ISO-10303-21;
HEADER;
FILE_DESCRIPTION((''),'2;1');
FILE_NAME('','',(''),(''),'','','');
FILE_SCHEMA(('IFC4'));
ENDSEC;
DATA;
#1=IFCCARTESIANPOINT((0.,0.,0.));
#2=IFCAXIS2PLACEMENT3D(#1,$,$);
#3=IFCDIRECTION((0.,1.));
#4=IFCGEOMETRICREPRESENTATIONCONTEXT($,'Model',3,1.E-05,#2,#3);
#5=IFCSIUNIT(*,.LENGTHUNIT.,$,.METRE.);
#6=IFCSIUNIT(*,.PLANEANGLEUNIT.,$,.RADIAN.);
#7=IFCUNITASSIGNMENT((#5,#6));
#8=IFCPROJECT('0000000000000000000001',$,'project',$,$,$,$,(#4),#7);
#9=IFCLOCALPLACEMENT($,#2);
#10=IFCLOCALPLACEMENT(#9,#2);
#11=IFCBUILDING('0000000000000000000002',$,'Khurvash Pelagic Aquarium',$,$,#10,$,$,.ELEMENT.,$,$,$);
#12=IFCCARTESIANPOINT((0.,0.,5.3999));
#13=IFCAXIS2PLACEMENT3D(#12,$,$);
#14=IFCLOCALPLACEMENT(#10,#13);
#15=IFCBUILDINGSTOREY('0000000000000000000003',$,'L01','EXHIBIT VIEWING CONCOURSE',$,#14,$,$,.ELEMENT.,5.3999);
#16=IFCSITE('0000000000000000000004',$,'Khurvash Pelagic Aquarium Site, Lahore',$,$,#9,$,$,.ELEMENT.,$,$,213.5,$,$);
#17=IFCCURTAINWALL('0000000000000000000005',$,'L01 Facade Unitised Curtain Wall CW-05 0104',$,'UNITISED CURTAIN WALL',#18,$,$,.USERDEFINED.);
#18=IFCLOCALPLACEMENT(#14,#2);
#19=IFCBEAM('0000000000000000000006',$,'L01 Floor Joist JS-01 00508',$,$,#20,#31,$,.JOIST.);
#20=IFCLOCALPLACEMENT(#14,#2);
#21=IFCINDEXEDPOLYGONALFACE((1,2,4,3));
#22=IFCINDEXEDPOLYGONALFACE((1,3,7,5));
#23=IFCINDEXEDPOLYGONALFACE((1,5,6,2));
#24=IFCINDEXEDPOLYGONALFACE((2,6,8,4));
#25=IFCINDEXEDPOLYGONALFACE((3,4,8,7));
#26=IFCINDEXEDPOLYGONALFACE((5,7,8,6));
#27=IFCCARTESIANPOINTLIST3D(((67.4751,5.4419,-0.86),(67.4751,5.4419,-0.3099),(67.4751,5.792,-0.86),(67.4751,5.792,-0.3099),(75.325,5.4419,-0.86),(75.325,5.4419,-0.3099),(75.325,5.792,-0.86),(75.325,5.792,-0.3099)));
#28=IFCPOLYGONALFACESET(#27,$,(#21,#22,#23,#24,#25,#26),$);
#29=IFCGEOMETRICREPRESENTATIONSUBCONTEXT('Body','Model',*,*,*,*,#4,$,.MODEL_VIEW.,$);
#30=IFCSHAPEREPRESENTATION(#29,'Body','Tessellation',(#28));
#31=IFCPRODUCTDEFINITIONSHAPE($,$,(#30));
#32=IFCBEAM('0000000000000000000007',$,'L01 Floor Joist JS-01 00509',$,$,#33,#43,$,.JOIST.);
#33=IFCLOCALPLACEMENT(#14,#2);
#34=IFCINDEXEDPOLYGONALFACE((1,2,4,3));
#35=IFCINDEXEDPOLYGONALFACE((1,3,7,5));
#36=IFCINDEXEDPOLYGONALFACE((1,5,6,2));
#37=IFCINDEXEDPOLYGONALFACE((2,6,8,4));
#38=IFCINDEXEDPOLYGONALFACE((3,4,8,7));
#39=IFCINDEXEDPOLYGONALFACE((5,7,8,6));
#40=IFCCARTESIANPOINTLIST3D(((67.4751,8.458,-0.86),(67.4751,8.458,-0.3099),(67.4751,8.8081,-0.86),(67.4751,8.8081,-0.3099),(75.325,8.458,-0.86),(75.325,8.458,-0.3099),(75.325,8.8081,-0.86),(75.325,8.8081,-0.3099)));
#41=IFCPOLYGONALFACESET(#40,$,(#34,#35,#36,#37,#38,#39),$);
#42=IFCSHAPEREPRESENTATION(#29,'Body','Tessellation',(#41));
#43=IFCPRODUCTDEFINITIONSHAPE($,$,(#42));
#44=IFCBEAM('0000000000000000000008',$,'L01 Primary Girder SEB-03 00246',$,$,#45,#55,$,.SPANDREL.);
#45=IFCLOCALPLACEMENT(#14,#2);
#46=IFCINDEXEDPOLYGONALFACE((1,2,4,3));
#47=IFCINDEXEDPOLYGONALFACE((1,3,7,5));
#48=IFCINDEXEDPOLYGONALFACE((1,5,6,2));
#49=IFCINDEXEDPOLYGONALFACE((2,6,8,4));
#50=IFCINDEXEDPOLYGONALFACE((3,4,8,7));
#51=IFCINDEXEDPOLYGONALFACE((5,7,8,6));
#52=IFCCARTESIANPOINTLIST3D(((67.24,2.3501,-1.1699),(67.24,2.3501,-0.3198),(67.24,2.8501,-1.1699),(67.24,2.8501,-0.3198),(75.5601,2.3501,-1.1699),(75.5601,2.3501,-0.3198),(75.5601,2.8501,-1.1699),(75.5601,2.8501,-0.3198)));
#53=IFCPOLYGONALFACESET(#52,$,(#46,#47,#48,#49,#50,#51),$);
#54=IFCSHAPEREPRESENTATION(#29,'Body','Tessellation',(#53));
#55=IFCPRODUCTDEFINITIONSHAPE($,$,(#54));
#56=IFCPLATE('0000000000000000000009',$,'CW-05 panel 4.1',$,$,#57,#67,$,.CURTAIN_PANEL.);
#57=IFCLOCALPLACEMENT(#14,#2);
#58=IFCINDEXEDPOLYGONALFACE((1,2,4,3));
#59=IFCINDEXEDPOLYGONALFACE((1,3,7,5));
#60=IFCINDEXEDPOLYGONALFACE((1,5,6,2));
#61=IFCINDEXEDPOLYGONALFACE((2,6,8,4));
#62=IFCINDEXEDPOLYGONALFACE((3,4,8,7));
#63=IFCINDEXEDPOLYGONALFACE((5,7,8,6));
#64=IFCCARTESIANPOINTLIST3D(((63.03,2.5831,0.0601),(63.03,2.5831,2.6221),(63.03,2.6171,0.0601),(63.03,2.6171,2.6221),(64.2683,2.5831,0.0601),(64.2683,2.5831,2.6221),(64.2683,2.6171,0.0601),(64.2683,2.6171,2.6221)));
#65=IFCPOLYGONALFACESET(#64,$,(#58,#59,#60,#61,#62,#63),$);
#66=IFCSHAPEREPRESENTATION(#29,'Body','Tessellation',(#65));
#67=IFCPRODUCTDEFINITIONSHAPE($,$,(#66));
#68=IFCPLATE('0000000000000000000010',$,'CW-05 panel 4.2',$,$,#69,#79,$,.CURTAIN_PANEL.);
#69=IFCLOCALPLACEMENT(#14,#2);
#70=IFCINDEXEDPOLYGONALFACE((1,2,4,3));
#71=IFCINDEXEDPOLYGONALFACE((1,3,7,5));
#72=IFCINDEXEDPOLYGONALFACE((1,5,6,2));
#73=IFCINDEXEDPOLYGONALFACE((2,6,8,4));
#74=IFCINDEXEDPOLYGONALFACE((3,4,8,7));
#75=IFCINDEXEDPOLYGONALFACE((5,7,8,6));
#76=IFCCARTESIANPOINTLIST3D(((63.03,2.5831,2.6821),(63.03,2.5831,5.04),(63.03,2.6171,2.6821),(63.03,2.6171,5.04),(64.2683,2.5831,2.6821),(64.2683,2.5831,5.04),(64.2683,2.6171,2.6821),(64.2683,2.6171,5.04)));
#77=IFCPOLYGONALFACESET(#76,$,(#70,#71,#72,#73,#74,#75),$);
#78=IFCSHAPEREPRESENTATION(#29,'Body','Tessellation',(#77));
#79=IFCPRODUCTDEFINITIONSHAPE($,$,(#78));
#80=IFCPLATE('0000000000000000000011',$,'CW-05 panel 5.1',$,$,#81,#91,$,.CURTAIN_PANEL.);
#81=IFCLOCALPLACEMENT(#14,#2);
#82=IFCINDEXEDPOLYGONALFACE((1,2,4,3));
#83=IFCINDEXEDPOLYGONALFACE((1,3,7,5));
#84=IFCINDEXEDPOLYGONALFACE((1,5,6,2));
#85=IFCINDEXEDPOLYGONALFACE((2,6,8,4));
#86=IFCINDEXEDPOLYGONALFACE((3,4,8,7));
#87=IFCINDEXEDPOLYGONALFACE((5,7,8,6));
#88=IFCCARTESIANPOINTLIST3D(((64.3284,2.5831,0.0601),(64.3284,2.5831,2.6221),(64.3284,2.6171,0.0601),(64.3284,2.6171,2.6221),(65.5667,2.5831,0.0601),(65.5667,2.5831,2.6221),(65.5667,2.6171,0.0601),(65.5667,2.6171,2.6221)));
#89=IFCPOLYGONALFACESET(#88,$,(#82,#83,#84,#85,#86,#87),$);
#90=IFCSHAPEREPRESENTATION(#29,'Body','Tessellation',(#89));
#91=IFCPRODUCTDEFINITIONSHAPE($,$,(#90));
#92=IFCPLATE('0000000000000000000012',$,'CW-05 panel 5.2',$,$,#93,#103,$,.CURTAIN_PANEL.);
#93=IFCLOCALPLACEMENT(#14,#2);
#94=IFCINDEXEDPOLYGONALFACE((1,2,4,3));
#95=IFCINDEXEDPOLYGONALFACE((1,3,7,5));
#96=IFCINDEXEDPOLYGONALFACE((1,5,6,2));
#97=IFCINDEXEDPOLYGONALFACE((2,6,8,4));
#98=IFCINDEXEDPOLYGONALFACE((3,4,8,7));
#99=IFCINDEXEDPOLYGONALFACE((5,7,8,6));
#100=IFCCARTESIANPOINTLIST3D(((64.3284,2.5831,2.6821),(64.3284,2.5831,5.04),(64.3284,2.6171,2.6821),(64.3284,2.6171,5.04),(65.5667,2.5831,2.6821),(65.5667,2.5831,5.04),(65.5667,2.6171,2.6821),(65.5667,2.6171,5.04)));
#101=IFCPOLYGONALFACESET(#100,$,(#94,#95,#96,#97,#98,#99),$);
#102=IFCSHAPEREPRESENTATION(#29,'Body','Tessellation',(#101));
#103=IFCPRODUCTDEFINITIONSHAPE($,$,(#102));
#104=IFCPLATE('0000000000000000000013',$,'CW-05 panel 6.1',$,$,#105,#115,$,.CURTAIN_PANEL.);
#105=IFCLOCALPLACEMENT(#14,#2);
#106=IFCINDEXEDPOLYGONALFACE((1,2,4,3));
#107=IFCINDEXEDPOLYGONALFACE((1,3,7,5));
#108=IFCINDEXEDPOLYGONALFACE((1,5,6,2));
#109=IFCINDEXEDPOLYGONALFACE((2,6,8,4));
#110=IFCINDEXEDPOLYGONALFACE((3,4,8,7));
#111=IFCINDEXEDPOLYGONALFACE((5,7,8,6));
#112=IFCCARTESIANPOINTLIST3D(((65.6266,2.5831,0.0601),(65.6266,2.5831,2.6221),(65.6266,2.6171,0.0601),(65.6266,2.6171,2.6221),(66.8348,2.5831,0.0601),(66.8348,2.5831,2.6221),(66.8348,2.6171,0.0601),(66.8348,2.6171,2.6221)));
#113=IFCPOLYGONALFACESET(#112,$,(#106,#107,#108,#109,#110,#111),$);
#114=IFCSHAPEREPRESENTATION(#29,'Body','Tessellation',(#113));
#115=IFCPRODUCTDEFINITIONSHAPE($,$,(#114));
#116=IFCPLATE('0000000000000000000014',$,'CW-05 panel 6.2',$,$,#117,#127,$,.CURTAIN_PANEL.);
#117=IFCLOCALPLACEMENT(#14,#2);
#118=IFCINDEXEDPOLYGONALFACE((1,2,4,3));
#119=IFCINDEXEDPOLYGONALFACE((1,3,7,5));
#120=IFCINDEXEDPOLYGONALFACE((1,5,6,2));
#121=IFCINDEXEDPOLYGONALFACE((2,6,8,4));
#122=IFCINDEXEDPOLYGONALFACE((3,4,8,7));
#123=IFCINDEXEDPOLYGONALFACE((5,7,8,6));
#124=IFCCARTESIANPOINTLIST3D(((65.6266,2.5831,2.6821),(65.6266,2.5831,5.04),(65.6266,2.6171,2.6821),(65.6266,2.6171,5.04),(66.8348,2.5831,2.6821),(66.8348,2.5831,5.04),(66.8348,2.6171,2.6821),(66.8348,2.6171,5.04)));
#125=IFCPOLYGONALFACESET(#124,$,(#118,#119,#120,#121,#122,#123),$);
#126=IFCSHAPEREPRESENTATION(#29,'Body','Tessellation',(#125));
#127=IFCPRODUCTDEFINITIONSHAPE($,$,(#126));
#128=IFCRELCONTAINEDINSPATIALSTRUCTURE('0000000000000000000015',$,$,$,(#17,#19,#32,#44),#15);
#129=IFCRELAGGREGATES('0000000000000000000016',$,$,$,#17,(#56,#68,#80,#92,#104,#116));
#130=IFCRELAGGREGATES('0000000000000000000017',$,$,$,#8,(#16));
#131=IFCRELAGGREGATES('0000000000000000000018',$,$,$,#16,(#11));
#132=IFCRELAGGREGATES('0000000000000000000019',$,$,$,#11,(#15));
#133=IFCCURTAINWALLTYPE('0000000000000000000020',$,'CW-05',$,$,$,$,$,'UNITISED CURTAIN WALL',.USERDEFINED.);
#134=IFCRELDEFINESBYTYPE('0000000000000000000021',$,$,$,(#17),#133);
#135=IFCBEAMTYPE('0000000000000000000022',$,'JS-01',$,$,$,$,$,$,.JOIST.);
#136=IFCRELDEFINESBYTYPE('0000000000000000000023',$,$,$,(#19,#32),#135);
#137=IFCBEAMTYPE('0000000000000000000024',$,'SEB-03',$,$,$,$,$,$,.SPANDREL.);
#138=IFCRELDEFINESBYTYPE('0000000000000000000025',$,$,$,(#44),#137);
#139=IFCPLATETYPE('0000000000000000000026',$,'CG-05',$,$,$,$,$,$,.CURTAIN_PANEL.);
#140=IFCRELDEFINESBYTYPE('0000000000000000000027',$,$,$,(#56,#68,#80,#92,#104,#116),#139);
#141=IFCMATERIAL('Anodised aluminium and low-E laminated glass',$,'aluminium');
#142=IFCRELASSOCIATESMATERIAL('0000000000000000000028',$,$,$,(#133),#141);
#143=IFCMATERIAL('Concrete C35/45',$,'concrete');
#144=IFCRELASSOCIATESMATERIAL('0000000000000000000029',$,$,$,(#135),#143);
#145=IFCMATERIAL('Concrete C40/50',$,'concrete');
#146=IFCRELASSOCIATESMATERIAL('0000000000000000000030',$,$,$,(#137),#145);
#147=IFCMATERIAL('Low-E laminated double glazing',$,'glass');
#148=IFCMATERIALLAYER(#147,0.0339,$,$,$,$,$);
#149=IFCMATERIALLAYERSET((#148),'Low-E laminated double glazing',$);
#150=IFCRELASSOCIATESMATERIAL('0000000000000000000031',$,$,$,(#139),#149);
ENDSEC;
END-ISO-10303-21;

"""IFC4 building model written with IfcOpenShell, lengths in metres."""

from ifc_helpers import new_model, si_unit, direction, frame, origin, origin_2d, place, context, subcontext, project, spatial, rectangle, extrude, material, layer, layer_set, material_profile, profile_set, type_object, element, aggregate, save


model = new_model("IFC4")

# Units and contexts
model_context = context("Model", 3, precision=1e-05, world=origin(), true_north=direction((0.0, 1.0)))
body_context = subcontext(model_context, "Body", "Model", "MODEL_VIEW")
ifc_project = project(units=[si_unit("LENGTHUNIT", "METRE"), si_unit("PLANEANGLEUNIT", "RADIAN")], contexts=[model_context])

# Site, building, storey
site_placement = place(None, origin())
site = spatial("IfcSite", under=ifc_project, at=site_placement, Name="Khurvash Pelagic Aquarium Site, Lahore", CompositionType="ELEMENT", RefElevation=213.5)
building_placement = place(site_placement, origin())
building = spatial("IfcBuilding", under=site, at=building_placement, Name="Khurvash Pelagic Aquarium", CompositionType="ELEMENT")
storey_placement = place(building_placement, frame((0.0, 0.0, 5.3999)))
storey = spatial("IfcBuildingStorey", under=building, at=storey_placement, Name="L01", Description="EXHIBIT VIEWING CONCOURSE", CompositionType="ELEMENT", Elevation=5.3999)

# Shared definitions
ifc_material_1 = material(Name="Concrete C40/50", Category="concrete")

# Curtain wall
ifc_material_2 = material(Name="Anodised aluminium and low-E laminated glass", Category="aluminium")
curtain_wall_type = type_object("IfcCurtainWallType", Name="CW-05", ElementType="UNITISED CURTAIN WALL", PredefinedType="USERDEFINED", material=ifc_material_2)
curtain_wall_placement = place(storey_placement, origin())
curtain_wall = element("IfcCurtainWall", 1, at=curtain_wall_placement, inside=storey, type_object=curtain_wall_type, Name="L01 Facade Unitised Curtain Wall CW-05 0104", ObjectType="UNITISED CURTAIN WALL", PredefinedType="USERDEFINED")

# Beams
ifc_material_3 = material(Name="Concrete C35/45", Category="concrete")
ifc_material_profile_1 = material_profile(ifc_material_3, rectangle(XDim=0.3501, YDim=0.55, at=origin_2d()), Name="RC350X550")
ifc_profile_set_1 = profile_set([ifc_material_profile_1], Name="Concrete C35/45")
beam_type_1 = type_object("IfcBeamType", Name="JS-01", PredefinedType="JOIST", material=ifc_profile_set_1)
for number, where, z_axis, x_axis, name in (
    (2, (67.4751, 5.6169, -0.585), (1.0, 0.0, 0.0), (0.0, 1.0, 0.0), "L01 Floor Joist JS-01 00508"),
    (3, (67.4751, 8.6331, -0.585), (1.0, 0.0, 0.0), (0.0, 1.0, 0.0), "L01 Floor Joist JS-01 00509"),
):
    element("IfcBeam", number, at=place(storey_placement, frame(where, z_axis=z_axis, x_axis=x_axis)), inside=storey, type_object=beam_type_1, Name=name, PredefinedType="JOIST", context=body_context, shape_type="SweptSolid", body=[
        extrude(rectangle(XDim=0.3501, YDim=0.55, at=origin_2d()), origin(), (0.0, 0.0, 1.0), 7.8499),
    ])
ifc_material_profile_2 = material_profile(ifc_material_1, rectangle(XDim=0.5, YDim=0.8501, at=origin_2d()), Name="RC500X850")
ifc_profile_set_2 = profile_set([ifc_material_profile_2], Name="Concrete C40/50")
beam_type_2 = type_object("IfcBeamType", Name="SEB-03", PredefinedType="SPANDREL", material=ifc_profile_set_2)
beam_1_placement = place(storey_placement, frame((67.24, 2.6001, -0.7449), z_axis=(1.0, 0.0, 0.0), x_axis=(0.0, 1.0, 0.0)))
element("IfcBeam", 4, at=beam_1_placement, inside=storey, type_object=beam_type_2, Name="L01 Primary Girder SEB-03 00246", PredefinedType="SPANDREL", context=body_context, shape_type="SweptSolid", body=[
    extrude(rectangle(XDim=0.5, YDim=0.8501, at=origin_2d()), origin(), (0.0, 0.0, 1.0), 8.3201),
])

# Plates
ifc_material_4 = material(Name="Low-E laminated double glazing", Category="glass")
ifc_layer = layer(ifc_material_4, 0.0339)
ifc_layer_set = layer_set([ifc_layer], Name="Low-E laminated double glazing")
plate_type = type_object("IfcPlateType", Name="CG-05", PredefinedType="CURTAIN_PANEL", material=ifc_layer_set)
plate_1_placement = place(storey_placement, frame((63.6492, 2.6001, 0.0601), z_axis=(0.0, 0.0, 1.0), x_axis=(1.0, 0.0, 0.0)))
plate_1 = element("IfcPlate", 5, at=plate_1_placement, type_object=plate_type, Name="CW-05 panel 4.1", PredefinedType="CURTAIN_PANEL", context=body_context, shape_type="SweptSolid", body=[
    extrude(rectangle(XDim=1.2383, YDim=0.0339, at=origin_2d()), origin(), (0.0, 0.0, 1.0), 2.562),
])
plate_2_placement = place(storey_placement, frame((63.6492, 2.6001, 2.6821), z_axis=(0.0, 0.0, 1.0), x_axis=(1.0, 0.0, 0.0)))
plate_2 = element("IfcPlate", 6, at=plate_2_placement, type_object=plate_type, Name="CW-05 panel 4.2", PredefinedType="CURTAIN_PANEL", context=body_context, shape_type="SweptSolid", body=[
    extrude(rectangle(XDim=1.2383, YDim=0.0339, at=origin_2d()), origin(), (0.0, 0.0, 1.0), 2.3579),
])
plate_3_placement = place(storey_placement, frame((64.9475, 2.6001, 0.0601), z_axis=(0.0, 0.0, 1.0), x_axis=(1.0, 0.0, 0.0)))
plate_3 = element("IfcPlate", 7, at=plate_3_placement, type_object=plate_type, Name="CW-05 panel 5.1", PredefinedType="CURTAIN_PANEL", context=body_context, shape_type="SweptSolid", body=[
    extrude(rectangle(XDim=1.2383, YDim=0.0339, at=origin_2d()), origin(), (0.0, 0.0, 1.0), 2.562),
])
plate_4_placement = place(storey_placement, frame((64.9475, 2.6001, 2.6821), z_axis=(0.0, 0.0, 1.0), x_axis=(1.0, 0.0, 0.0)))
plate_4 = element("IfcPlate", 8, at=plate_4_placement, type_object=plate_type, Name="CW-05 panel 5.2", PredefinedType="CURTAIN_PANEL", context=body_context, shape_type="SweptSolid", body=[
    extrude(rectangle(XDim=1.2383, YDim=0.0339, at=origin_2d()), origin(), (0.0, 0.0, 1.0), 2.3579),
])
plate_5_placement = place(storey_placement, frame((66.2307, 2.6001, 0.0601), z_axis=(0.0, 0.0, 1.0), x_axis=(1.0, 0.0, 0.0)))
plate_5 = element("IfcPlate", 9, at=plate_5_placement, type_object=plate_type, Name="CW-05 panel 6.1", PredefinedType="CURTAIN_PANEL", context=body_context, shape_type="SweptSolid", body=[
    extrude(rectangle(XDim=1.2083, YDim=0.0339, at=origin_2d()), origin(), (0.0, 0.0, 1.0), 2.562),
])
plate_6_placement = place(storey_placement, frame((66.2307, 2.6001, 2.6821), z_axis=(0.0, 0.0, 1.0), x_axis=(1.0, 0.0, 0.0)))
plate_6 = element("IfcPlate", 10, at=plate_6_placement, type_object=plate_type, Name="CW-05 panel 6.2", PredefinedType="CURTAIN_PANEL", context=body_context, shape_type="SweptSolid", body=[
    extrude(rectangle(XDim=1.2083, YDim=0.0339, at=origin_2d()), origin(), (0.0, 0.0, 1.0), 2.3579),
])
aggregate(curtain_wall, [plate_1, plate_2, plate_3, plate_4, plate_5, plate_6])

save(model, "model.ifc")
